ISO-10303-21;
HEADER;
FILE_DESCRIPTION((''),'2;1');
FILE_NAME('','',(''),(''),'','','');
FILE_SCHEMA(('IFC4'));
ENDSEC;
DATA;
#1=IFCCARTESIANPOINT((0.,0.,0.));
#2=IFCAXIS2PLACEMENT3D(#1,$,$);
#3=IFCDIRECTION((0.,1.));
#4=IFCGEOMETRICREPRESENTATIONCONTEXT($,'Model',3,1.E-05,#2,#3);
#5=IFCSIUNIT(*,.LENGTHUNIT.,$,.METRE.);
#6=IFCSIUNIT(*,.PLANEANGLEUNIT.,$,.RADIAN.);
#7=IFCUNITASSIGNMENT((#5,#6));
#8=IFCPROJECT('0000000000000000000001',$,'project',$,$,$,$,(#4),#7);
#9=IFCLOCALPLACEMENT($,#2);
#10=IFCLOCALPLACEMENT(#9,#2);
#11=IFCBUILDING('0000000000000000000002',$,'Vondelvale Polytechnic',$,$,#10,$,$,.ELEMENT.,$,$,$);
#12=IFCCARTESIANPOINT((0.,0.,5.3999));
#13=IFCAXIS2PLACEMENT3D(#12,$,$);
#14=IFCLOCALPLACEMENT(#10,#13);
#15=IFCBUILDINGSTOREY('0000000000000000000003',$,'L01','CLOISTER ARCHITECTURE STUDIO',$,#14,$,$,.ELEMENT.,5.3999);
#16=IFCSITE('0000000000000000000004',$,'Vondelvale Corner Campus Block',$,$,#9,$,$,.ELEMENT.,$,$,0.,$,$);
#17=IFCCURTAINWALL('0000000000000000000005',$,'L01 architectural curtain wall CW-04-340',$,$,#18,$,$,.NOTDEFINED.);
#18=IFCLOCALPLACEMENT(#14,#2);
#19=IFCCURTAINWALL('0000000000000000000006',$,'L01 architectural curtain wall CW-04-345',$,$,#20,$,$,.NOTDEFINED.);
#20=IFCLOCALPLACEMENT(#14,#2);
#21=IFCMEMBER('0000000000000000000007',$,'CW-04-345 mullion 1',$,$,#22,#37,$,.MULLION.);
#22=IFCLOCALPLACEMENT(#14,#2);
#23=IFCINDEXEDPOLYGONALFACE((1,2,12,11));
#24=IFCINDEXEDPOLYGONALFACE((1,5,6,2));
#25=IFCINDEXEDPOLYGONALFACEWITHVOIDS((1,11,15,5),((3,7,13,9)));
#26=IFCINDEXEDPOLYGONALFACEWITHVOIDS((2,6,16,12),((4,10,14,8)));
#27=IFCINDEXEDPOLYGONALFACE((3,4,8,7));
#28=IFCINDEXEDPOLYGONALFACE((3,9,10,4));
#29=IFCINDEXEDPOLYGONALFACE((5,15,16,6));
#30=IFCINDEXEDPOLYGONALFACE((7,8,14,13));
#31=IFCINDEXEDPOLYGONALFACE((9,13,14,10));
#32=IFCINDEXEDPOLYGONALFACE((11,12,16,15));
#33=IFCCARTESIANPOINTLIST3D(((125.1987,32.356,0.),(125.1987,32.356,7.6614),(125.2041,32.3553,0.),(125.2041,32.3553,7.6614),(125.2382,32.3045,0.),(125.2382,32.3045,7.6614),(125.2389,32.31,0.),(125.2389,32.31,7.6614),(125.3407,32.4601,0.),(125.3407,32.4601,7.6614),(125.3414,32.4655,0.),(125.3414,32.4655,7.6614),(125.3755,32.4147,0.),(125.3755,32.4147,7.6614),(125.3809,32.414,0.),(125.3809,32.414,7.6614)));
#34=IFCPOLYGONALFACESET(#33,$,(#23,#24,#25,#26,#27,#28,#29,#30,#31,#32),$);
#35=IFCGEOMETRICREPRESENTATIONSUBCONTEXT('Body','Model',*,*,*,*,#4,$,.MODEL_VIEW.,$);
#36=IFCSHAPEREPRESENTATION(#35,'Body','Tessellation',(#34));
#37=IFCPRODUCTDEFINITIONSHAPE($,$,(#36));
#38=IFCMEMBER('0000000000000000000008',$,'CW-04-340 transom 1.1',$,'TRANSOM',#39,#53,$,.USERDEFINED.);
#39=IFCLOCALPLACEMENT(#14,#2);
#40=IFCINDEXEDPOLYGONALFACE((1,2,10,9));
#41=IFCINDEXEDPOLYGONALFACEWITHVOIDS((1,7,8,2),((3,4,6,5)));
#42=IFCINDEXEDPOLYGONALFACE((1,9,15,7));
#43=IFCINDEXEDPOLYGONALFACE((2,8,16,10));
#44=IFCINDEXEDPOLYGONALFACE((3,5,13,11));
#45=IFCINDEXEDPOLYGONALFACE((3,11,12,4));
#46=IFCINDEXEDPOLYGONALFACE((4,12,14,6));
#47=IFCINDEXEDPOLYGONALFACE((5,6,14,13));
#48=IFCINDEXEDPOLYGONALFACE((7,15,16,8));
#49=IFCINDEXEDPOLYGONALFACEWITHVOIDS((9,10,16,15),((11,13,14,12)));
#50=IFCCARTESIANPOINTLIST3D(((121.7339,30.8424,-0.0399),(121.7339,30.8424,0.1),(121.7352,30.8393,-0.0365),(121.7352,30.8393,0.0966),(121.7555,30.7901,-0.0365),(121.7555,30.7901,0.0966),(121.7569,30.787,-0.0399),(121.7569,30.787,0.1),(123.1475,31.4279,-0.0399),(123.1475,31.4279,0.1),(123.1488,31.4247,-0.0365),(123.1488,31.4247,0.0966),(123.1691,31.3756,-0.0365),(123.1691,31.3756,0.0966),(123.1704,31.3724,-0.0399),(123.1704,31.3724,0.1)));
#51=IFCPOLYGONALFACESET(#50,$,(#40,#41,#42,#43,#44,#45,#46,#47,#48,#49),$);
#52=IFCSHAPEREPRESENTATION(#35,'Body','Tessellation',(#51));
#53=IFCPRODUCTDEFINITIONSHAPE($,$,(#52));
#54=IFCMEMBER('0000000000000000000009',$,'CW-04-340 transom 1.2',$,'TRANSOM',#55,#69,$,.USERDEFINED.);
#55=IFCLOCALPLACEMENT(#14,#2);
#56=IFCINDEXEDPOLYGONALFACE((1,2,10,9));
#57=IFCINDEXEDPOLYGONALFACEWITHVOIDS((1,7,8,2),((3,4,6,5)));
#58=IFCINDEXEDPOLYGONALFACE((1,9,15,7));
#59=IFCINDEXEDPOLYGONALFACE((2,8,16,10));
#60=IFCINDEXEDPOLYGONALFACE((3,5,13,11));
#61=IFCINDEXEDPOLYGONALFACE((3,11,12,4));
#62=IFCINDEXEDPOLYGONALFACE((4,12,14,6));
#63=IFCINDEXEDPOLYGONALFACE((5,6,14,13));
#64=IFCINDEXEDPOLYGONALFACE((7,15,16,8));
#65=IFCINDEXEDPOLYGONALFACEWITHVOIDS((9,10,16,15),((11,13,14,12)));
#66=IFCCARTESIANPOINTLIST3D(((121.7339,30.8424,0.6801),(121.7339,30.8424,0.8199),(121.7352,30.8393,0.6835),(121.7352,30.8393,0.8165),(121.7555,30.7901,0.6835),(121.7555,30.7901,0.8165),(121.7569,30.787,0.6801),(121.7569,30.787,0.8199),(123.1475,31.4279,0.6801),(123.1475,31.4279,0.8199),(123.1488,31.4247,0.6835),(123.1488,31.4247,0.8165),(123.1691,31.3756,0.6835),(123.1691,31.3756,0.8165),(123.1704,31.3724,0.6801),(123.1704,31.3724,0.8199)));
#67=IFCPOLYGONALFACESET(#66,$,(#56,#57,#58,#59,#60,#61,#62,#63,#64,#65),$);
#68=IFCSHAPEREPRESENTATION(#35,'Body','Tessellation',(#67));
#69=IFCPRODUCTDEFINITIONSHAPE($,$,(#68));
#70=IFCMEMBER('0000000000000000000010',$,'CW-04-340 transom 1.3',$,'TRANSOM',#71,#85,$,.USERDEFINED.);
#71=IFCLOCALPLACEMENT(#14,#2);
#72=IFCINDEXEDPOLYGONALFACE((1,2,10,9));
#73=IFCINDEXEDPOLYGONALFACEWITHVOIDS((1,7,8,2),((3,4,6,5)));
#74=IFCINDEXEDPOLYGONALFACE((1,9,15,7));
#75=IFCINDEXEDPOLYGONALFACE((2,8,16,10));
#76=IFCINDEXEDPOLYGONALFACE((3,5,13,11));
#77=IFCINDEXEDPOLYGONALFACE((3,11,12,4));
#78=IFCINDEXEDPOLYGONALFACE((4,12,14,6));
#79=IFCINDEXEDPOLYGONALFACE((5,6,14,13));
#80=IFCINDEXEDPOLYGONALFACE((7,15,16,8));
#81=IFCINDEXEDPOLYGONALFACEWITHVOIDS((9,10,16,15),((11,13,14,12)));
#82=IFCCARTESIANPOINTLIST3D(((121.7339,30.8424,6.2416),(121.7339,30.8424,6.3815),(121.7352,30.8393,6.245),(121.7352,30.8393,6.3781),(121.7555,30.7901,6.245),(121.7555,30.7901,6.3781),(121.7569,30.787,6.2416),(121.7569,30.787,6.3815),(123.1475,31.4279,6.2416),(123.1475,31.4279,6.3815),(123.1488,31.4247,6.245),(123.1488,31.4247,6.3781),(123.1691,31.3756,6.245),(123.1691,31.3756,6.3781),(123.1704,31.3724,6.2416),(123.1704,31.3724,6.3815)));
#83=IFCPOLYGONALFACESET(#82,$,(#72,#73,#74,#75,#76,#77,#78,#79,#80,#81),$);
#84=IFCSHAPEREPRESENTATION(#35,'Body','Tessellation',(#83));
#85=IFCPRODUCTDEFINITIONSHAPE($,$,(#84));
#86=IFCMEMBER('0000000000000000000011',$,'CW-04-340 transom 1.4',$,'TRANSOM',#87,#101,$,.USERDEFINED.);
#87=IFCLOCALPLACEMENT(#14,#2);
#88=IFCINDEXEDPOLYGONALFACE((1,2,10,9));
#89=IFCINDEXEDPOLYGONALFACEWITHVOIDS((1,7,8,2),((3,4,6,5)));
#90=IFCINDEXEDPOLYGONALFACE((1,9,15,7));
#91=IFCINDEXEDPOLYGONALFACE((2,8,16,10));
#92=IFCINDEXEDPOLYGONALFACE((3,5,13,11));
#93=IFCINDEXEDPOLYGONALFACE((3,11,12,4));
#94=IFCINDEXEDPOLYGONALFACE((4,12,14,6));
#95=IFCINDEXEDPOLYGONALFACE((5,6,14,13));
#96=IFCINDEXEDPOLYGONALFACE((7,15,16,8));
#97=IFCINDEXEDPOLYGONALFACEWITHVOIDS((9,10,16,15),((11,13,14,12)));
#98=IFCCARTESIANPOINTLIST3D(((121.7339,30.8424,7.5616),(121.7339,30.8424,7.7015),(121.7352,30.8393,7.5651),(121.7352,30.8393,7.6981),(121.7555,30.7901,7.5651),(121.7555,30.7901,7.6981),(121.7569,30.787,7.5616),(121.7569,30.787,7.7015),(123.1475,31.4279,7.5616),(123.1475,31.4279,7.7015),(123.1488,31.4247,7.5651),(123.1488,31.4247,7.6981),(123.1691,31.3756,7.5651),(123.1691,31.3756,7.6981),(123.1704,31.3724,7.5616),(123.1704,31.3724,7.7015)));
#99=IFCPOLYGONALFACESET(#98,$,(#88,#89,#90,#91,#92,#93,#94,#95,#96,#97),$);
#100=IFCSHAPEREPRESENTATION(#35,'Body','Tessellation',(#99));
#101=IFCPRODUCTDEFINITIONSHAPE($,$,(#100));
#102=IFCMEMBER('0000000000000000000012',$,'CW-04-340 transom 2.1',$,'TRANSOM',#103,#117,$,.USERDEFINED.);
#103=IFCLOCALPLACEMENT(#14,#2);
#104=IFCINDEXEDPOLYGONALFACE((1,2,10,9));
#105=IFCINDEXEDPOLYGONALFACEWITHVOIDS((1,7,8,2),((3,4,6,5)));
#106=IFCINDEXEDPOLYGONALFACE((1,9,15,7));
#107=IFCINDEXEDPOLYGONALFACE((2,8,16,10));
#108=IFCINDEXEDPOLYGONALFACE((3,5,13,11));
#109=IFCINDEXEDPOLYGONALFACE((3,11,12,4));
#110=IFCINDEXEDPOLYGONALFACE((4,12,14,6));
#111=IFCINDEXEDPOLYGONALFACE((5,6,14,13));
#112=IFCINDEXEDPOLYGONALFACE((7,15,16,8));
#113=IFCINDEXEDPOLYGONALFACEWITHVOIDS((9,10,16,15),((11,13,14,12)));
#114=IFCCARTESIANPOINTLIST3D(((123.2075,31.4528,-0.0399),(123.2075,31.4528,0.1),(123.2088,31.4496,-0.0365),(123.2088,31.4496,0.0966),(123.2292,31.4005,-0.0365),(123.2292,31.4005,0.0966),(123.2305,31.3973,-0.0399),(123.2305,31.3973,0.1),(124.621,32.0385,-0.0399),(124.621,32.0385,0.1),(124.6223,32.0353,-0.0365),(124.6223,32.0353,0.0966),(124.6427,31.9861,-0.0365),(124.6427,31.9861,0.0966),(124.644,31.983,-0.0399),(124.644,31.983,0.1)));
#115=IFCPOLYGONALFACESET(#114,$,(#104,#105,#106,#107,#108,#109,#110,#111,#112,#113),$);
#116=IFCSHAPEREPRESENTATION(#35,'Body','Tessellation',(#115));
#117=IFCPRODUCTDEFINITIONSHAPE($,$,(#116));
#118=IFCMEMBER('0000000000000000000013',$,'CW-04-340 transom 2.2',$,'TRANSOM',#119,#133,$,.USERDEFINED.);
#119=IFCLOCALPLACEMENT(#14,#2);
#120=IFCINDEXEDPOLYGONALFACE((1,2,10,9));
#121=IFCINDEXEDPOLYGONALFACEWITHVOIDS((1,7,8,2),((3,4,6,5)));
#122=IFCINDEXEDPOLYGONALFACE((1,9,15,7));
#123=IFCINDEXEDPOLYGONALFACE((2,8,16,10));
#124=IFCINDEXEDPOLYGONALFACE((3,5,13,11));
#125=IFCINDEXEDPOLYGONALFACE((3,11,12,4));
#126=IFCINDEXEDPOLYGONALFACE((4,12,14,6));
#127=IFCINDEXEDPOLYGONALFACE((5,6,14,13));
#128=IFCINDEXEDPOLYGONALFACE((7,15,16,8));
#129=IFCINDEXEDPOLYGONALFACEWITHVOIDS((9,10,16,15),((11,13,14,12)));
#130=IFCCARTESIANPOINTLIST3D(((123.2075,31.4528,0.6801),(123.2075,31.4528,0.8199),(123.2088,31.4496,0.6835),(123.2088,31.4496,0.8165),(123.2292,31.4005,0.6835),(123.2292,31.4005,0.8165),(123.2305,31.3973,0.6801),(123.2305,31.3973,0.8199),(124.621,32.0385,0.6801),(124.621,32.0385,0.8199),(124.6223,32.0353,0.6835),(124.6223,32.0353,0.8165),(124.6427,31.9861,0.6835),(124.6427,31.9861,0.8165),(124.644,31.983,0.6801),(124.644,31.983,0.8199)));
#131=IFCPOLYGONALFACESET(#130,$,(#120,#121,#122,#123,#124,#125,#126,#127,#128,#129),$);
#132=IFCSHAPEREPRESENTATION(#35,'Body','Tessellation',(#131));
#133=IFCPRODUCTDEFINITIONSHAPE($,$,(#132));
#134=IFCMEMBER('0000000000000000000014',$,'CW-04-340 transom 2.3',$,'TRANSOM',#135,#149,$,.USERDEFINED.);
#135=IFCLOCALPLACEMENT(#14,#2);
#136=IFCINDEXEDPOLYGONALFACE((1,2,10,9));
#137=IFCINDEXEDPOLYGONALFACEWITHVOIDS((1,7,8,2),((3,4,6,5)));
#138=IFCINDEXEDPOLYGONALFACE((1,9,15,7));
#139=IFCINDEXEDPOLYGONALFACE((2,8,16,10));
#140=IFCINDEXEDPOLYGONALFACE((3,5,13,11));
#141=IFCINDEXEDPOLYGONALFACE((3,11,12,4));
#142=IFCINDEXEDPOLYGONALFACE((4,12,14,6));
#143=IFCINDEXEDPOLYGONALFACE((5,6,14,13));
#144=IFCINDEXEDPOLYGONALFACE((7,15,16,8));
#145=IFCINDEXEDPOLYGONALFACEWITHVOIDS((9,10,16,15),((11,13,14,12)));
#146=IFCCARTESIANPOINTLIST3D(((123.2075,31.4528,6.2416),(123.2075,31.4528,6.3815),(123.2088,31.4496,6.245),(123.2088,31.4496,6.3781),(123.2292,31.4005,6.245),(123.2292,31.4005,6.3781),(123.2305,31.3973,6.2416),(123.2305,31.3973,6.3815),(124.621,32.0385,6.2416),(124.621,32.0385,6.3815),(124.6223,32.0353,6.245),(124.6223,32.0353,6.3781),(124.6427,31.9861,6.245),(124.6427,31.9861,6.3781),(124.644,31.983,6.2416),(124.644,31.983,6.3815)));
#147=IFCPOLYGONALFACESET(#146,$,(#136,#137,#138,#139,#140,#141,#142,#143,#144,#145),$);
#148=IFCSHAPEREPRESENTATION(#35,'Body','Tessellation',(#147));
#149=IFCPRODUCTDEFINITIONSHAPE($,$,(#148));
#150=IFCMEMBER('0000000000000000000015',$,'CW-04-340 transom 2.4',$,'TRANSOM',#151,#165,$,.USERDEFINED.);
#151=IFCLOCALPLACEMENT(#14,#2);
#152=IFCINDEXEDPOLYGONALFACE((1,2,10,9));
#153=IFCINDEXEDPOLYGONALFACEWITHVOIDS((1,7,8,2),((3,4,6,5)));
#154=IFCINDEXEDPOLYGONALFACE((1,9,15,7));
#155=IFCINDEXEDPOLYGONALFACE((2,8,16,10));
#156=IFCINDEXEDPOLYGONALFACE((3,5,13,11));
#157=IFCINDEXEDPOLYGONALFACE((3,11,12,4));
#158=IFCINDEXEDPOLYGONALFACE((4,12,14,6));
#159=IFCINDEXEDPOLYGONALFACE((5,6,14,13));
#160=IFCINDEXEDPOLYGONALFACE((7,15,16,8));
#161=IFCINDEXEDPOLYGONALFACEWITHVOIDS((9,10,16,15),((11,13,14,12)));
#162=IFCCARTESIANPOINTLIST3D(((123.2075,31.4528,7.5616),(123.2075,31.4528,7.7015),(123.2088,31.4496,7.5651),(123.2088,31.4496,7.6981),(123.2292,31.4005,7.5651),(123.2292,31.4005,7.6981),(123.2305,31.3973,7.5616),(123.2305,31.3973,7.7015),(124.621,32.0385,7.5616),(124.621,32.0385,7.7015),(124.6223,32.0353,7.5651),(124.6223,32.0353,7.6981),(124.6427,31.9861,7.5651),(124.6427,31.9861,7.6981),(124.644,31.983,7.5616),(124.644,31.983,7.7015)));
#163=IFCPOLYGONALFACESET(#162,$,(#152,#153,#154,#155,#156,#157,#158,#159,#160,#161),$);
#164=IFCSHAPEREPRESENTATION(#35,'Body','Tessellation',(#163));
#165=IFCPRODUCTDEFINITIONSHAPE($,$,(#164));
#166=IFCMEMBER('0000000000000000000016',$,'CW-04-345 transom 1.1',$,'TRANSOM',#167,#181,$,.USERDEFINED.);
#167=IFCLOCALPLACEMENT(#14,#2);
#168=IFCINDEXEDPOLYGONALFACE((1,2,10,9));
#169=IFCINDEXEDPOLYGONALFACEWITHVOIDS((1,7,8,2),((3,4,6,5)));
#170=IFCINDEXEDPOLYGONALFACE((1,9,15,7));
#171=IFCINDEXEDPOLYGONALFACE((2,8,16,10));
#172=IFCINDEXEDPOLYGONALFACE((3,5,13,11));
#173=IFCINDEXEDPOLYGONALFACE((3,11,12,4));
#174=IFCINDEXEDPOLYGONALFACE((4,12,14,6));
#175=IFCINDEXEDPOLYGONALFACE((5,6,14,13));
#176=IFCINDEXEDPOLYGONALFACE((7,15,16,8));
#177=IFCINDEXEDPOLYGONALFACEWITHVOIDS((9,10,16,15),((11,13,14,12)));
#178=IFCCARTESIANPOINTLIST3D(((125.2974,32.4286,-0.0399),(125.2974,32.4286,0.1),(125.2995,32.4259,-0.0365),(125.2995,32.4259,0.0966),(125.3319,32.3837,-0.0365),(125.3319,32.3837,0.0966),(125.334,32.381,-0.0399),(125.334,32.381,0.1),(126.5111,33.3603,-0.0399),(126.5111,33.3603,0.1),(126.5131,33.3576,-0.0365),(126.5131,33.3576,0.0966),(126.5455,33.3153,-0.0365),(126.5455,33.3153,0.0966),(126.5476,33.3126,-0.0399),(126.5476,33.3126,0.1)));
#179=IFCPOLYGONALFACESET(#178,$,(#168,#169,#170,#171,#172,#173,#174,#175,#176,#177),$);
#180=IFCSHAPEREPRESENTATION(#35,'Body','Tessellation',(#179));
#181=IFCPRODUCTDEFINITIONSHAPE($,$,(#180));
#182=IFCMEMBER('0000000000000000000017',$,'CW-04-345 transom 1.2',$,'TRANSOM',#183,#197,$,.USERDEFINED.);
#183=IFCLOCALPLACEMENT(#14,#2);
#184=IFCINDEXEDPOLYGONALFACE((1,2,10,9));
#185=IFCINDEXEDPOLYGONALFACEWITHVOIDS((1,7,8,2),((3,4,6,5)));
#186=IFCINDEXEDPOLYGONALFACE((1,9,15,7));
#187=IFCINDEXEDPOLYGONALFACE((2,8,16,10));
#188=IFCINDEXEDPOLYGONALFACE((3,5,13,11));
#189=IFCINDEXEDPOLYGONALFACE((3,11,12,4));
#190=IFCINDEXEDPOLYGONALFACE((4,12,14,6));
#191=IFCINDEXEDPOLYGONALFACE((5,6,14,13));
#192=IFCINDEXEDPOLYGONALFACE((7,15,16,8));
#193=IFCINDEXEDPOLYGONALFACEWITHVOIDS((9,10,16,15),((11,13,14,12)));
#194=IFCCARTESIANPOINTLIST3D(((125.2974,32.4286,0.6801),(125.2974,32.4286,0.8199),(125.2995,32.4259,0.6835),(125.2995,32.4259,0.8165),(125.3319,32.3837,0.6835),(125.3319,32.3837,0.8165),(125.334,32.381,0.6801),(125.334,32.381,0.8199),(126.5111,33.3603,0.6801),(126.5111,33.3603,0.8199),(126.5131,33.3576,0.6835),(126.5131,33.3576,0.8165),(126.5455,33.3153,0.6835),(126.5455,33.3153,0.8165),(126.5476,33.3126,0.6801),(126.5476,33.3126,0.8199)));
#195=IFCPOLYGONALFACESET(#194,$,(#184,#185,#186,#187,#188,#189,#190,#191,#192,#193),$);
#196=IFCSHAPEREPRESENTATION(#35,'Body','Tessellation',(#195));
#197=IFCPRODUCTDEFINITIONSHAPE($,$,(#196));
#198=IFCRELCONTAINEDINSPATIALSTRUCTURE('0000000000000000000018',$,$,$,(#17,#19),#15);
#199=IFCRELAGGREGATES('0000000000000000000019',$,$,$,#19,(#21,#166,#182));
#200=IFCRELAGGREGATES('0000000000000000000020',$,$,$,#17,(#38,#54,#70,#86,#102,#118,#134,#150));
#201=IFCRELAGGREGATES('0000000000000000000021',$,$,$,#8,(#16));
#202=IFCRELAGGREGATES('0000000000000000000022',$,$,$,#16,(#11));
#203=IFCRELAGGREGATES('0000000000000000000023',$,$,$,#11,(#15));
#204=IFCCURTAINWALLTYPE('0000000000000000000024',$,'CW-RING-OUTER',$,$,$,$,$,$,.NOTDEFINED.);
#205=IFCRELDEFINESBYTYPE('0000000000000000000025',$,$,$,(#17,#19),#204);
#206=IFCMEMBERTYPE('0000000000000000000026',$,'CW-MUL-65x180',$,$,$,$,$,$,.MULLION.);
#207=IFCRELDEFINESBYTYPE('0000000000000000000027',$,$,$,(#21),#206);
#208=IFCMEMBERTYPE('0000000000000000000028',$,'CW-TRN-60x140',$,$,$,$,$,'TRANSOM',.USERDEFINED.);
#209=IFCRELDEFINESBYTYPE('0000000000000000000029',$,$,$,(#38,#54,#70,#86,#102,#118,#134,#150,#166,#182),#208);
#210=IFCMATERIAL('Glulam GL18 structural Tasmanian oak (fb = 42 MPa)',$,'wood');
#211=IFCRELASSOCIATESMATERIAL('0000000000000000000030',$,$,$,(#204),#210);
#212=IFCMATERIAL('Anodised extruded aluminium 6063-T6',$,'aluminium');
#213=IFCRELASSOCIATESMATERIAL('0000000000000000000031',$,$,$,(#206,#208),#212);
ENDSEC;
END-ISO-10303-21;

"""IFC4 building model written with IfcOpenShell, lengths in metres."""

from ifc_helpers import new_model, si_unit, direction, frame, origin, origin_2d, place, context, subcontext, project, spatial, hollow_rectangle, extrude, material, material_profile, profile_set, type_object, element, aggregate, save


model = new_model("IFC4")

# Units and contexts
model_context = context("Model", 3, precision=1e-05, world=origin(), true_north=direction((0.0, 1.0)))
body_context = subcontext(model_context, "Body", "Model", "MODEL_VIEW")
ifc_project = project(units=[si_unit("LENGTHUNIT", "METRE"), si_unit("PLANEANGLEUNIT", "RADIAN")], contexts=[model_context])

# Site, building, storey
site_placement = place(None, origin())
site = spatial("IfcSite", under=ifc_project, at=site_placement, Name="Vondelvale Corner Campus Block", CompositionType="ELEMENT", RefElevation=0.0)
building_placement = place(site_placement, origin())
building = spatial("IfcBuilding", under=site, at=building_placement, Name="Vondelvale Polytechnic", CompositionType="ELEMENT")
storey_placement = place(building_placement, frame((0.0, 0.0, 5.3999)))
storey = spatial("IfcBuildingStorey", under=building, at=storey_placement, Name="L01", Description="CLOISTER ARCHITECTURE STUDIO", CompositionType="ELEMENT", Elevation=5.3999)

# Shared definitions
ifc_material_1 = material(Name="Glulam GL18 structural Tasmanian oak (fb = 42 MPa)", Category="wood")

# Curtain wall
curtain_wall_type = type_object("IfcCurtainWallType", Name="CW-RING-OUTER", PredefinedType="NOTDEFINED", material=ifc_material_1)
curtain_wall_1_placement = place(storey_placement, origin())
curtain_wall_1 = element("IfcCurtainWall", 1, at=curtain_wall_1_placement, inside=storey, type_object=curtain_wall_type, Name="L01 architectural curtain wall CW-04-340", PredefinedType="NOTDEFINED")
ifc_material_2 = material(Name="Anodised extruded aluminium 6063-T6", Category="aluminium")
ifc_material_profile_1 = material_profile(ifc_material_2, hollow_rectangle(XDim=0.0649, YDim=0.1799, WallThickness=0.0039, at=origin_2d()), Name="CW-MUL-180x65")
ifc_profile_set_1 = profile_set([ifc_material_profile_1], Name="Anodised extruded aluminium 6063-T6")
member_type_1 = type_object("IfcMemberType", Name="CW-MUL-65x180", PredefinedType="MULLION", material=ifc_profile_set_1)

# Curtain wall, member
curtain_wall_2_placement = place(storey_placement, origin())
curtain_wall_2 = element("IfcCurtainWall", 2, at=curtain_wall_2_placement, inside=storey, type_object=curtain_wall_type, Name="L01 architectural curtain wall CW-04-345", PredefinedType="NOTDEFINED")
member_1_placement = place(storey_placement, frame((125.2898, 32.385, 0.0), z_axis=(0.0, 0.0, 1.0), x_axis=(-0.608787, 0.793334, 0.0)))
member_1 = element("IfcMember", 3, at=member_1_placement, type_object=member_type_1, Name="CW-04-345 mullion 1", PredefinedType="MULLION", context=body_context, shape_type="SweptSolid", body=[
    extrude(hollow_rectangle(XDim=0.0649, YDim=0.1799, WallThickness=0.0039, at=origin_2d()), origin(), (0.0, 0.0, 1.0), 7.6614),
])

# Members
ifc_material_profile_2 = material_profile(ifc_material_2, hollow_rectangle(XDim=0.0601, YDim=0.1399, WallThickness=0.0034, at=origin_2d()), Name="CW-TRN-140x60")
ifc_profile_set_2 = profile_set([ifc_material_profile_2], Name="Anodised extruded aluminium 6063-T6")
member_type_2 = type_object("IfcMemberType", Name="CW-TRN-60x140", ElementType="TRANSOM", PredefinedType="USERDEFINED", material=ifc_profile_set_2)
member_2_placement = place(storey_placement, frame((121.7454, 30.8147, 0.03), z_axis=(0.923896, 0.382643, 0.0), x_axis=(-0.382643, 0.923896, 0.0)))
member_2 = element("IfcMember", 4, at=member_2_placement, type_object=member_type_2, Name="CW-04-340 transom 1.1", ObjectType="TRANSOM", PredefinedType="USERDEFINED", context=body_context, shape_type="SweptSolid", body=[
    extrude(hollow_rectangle(XDim=0.0601, YDim=0.1399, WallThickness=0.0034, at=origin_2d()), origin(), (0.0, 0.0, 1.0), 1.53),
])
member_3_placement = place(storey_placement, frame((121.7454, 30.8147, 0.75), z_axis=(0.923896, 0.382643, 0.0), x_axis=(-0.382643, 0.923896, 0.0)))
member_3 = element("IfcMember", 5, at=member_3_placement, type_object=member_type_2, Name="CW-04-340 transom 1.2", ObjectType="TRANSOM", PredefinedType="USERDEFINED", context=body_context, shape_type="SweptSolid", body=[
    extrude(hollow_rectangle(XDim=0.0601, YDim=0.1399, WallThickness=0.0034, at=origin_2d()), origin(), (0.0, 0.0, 1.0), 1.53),
])
member_4_placement = place(storey_placement, frame((121.7454, 30.8147, 6.3115), z_axis=(0.923896, 0.382643, 0.0), x_axis=(-0.382643, 0.923896, 0.0)))
member_4 = element("IfcMember", 6, at=member_4_placement, type_object=member_type_2, Name="CW-04-340 transom 1.3", ObjectType="TRANSOM", PredefinedType="USERDEFINED", context=body_context, shape_type="SweptSolid", body=[
    extrude(hollow_rectangle(XDim=0.0601, YDim=0.1399, WallThickness=0.0034, at=origin_2d()), origin(), (0.0, 0.0, 1.0), 1.53),
])
member_5_placement = place(storey_placement, frame((121.7454, 30.8147, 7.6316), z_axis=(0.923896, 0.382643, 0.0), x_axis=(-0.382643, 0.923896, 0.0)))
member_5 = element("IfcMember", 7, at=member_5_placement, type_object=member_type_2, Name="CW-04-340 transom 1.4", ObjectType="TRANSOM", PredefinedType="USERDEFINED", context=body_context, shape_type="SweptSolid", body=[
    extrude(hollow_rectangle(XDim=0.0601, YDim=0.1399, WallThickness=0.0034, at=origin_2d()), origin(), (0.0, 0.0, 1.0), 1.53),
])
member_6_placement = place(storey_placement, frame((123.219, 31.425, 0.03), z_axis=(0.92384, 0.382779, 0.0), x_axis=(-0.382779, 0.92384, 0.0)))
member_6 = element("IfcMember", 8, at=member_6_placement, type_object=member_type_2, Name="CW-04-340 transom 2.1", ObjectType="TRANSOM", PredefinedType="USERDEFINED", context=body_context, shape_type="SweptSolid", body=[
    extrude(hollow_rectangle(XDim=0.0601, YDim=0.1399, WallThickness=0.0034, at=origin_2d()), origin(), (0.0, 0.0, 1.0), 1.53),
])
member_7_placement = place(storey_placement, frame((123.219, 31.425, 0.75), z_axis=(0.92384, 0.382779, 0.0), x_axis=(-0.382779, 0.92384, 0.0)))
member_7 = element("IfcMember", 9, at=member_7_placement, type_object=member_type_2, Name="CW-04-340 transom 2.2", ObjectType="TRANSOM", PredefinedType="USERDEFINED", context=body_context, shape_type="SweptSolid", body=[
    extrude(hollow_rectangle(XDim=0.0601, YDim=0.1399, WallThickness=0.0034, at=origin_2d()), origin(), (0.0, 0.0, 1.0), 1.53),
])
member_8_placement = place(storey_placement, frame((123.219, 31.425, 6.3115), z_axis=(0.92384, 0.382779, 0.0), x_axis=(-0.382779, 0.92384, 0.0)))
member_8 = element("IfcMember", 10, at=member_8_placement, type_object=member_type_2, Name="CW-04-340 transom 2.3", ObjectType="TRANSOM", PredefinedType="USERDEFINED", context=body_context, shape_type="SweptSolid", body=[
    extrude(hollow_rectangle(XDim=0.0601, YDim=0.1399, WallThickness=0.0034, at=origin_2d()), origin(), (0.0, 0.0, 1.0), 1.53),
])
member_9_placement = place(storey_placement, frame((123.219, 31.425, 7.6316), z_axis=(0.92384, 0.382779, 0.0), x_axis=(-0.382779, 0.92384, 0.0)))
member_9 = element("IfcMember", 11, at=member_9_placement, type_object=member_type_2, Name="CW-04-340 transom 2.4", ObjectType="TRANSOM", PredefinedType="USERDEFINED", context=body_context, shape_type="SweptSolid", body=[
    extrude(hollow_rectangle(XDim=0.0601, YDim=0.1399, WallThickness=0.0034, at=origin_2d()), origin(), (0.0, 0.0, 1.0), 1.53),
])
member_10_placement = place(storey_placement, frame((125.3157, 32.4048, 0.03), z_axis=(0.793229, 0.608924, 0.0), x_axis=(-0.608924, 0.793229, 0.0)))
member_10 = element("IfcMember", 12, at=member_10_placement, type_object=member_type_2, Name="CW-04-345 transom 1.1", ObjectType="TRANSOM", PredefinedType="USERDEFINED", context=body_context, shape_type="SweptSolid", body=[
    extrude(hollow_rectangle(XDim=0.0601, YDim=0.1399, WallThickness=0.0034, at=origin_2d()), origin(), (0.0, 0.0, 1.0), 1.53),
])
member_11_placement = place(storey_placement, frame((125.3157, 32.4048, 0.75), z_axis=(0.793229, 0.608924, 0.0), x_axis=(-0.608924, 0.793229, 0.0)))
member_11 = element("IfcMember", 13, at=member_11_placement, type_object=member_type_2, Name="CW-04-345 transom 1.2", ObjectType="TRANSOM", PredefinedType="USERDEFINED", context=body_context, shape_type="SweptSolid", body=[
    extrude(hollow_rectangle(XDim=0.0601, YDim=0.1399, WallThickness=0.0034, at=origin_2d()), origin(), (0.0, 0.0, 1.0), 1.53),
])
aggregate(curtain_wall_2, [member_1, member_10, member_11])

aggregate(curtain_wall_1, [member_2, member_3, member_4, member_5, member_6, member_7, member_8, member_9])

save(model, "model.ifc")
